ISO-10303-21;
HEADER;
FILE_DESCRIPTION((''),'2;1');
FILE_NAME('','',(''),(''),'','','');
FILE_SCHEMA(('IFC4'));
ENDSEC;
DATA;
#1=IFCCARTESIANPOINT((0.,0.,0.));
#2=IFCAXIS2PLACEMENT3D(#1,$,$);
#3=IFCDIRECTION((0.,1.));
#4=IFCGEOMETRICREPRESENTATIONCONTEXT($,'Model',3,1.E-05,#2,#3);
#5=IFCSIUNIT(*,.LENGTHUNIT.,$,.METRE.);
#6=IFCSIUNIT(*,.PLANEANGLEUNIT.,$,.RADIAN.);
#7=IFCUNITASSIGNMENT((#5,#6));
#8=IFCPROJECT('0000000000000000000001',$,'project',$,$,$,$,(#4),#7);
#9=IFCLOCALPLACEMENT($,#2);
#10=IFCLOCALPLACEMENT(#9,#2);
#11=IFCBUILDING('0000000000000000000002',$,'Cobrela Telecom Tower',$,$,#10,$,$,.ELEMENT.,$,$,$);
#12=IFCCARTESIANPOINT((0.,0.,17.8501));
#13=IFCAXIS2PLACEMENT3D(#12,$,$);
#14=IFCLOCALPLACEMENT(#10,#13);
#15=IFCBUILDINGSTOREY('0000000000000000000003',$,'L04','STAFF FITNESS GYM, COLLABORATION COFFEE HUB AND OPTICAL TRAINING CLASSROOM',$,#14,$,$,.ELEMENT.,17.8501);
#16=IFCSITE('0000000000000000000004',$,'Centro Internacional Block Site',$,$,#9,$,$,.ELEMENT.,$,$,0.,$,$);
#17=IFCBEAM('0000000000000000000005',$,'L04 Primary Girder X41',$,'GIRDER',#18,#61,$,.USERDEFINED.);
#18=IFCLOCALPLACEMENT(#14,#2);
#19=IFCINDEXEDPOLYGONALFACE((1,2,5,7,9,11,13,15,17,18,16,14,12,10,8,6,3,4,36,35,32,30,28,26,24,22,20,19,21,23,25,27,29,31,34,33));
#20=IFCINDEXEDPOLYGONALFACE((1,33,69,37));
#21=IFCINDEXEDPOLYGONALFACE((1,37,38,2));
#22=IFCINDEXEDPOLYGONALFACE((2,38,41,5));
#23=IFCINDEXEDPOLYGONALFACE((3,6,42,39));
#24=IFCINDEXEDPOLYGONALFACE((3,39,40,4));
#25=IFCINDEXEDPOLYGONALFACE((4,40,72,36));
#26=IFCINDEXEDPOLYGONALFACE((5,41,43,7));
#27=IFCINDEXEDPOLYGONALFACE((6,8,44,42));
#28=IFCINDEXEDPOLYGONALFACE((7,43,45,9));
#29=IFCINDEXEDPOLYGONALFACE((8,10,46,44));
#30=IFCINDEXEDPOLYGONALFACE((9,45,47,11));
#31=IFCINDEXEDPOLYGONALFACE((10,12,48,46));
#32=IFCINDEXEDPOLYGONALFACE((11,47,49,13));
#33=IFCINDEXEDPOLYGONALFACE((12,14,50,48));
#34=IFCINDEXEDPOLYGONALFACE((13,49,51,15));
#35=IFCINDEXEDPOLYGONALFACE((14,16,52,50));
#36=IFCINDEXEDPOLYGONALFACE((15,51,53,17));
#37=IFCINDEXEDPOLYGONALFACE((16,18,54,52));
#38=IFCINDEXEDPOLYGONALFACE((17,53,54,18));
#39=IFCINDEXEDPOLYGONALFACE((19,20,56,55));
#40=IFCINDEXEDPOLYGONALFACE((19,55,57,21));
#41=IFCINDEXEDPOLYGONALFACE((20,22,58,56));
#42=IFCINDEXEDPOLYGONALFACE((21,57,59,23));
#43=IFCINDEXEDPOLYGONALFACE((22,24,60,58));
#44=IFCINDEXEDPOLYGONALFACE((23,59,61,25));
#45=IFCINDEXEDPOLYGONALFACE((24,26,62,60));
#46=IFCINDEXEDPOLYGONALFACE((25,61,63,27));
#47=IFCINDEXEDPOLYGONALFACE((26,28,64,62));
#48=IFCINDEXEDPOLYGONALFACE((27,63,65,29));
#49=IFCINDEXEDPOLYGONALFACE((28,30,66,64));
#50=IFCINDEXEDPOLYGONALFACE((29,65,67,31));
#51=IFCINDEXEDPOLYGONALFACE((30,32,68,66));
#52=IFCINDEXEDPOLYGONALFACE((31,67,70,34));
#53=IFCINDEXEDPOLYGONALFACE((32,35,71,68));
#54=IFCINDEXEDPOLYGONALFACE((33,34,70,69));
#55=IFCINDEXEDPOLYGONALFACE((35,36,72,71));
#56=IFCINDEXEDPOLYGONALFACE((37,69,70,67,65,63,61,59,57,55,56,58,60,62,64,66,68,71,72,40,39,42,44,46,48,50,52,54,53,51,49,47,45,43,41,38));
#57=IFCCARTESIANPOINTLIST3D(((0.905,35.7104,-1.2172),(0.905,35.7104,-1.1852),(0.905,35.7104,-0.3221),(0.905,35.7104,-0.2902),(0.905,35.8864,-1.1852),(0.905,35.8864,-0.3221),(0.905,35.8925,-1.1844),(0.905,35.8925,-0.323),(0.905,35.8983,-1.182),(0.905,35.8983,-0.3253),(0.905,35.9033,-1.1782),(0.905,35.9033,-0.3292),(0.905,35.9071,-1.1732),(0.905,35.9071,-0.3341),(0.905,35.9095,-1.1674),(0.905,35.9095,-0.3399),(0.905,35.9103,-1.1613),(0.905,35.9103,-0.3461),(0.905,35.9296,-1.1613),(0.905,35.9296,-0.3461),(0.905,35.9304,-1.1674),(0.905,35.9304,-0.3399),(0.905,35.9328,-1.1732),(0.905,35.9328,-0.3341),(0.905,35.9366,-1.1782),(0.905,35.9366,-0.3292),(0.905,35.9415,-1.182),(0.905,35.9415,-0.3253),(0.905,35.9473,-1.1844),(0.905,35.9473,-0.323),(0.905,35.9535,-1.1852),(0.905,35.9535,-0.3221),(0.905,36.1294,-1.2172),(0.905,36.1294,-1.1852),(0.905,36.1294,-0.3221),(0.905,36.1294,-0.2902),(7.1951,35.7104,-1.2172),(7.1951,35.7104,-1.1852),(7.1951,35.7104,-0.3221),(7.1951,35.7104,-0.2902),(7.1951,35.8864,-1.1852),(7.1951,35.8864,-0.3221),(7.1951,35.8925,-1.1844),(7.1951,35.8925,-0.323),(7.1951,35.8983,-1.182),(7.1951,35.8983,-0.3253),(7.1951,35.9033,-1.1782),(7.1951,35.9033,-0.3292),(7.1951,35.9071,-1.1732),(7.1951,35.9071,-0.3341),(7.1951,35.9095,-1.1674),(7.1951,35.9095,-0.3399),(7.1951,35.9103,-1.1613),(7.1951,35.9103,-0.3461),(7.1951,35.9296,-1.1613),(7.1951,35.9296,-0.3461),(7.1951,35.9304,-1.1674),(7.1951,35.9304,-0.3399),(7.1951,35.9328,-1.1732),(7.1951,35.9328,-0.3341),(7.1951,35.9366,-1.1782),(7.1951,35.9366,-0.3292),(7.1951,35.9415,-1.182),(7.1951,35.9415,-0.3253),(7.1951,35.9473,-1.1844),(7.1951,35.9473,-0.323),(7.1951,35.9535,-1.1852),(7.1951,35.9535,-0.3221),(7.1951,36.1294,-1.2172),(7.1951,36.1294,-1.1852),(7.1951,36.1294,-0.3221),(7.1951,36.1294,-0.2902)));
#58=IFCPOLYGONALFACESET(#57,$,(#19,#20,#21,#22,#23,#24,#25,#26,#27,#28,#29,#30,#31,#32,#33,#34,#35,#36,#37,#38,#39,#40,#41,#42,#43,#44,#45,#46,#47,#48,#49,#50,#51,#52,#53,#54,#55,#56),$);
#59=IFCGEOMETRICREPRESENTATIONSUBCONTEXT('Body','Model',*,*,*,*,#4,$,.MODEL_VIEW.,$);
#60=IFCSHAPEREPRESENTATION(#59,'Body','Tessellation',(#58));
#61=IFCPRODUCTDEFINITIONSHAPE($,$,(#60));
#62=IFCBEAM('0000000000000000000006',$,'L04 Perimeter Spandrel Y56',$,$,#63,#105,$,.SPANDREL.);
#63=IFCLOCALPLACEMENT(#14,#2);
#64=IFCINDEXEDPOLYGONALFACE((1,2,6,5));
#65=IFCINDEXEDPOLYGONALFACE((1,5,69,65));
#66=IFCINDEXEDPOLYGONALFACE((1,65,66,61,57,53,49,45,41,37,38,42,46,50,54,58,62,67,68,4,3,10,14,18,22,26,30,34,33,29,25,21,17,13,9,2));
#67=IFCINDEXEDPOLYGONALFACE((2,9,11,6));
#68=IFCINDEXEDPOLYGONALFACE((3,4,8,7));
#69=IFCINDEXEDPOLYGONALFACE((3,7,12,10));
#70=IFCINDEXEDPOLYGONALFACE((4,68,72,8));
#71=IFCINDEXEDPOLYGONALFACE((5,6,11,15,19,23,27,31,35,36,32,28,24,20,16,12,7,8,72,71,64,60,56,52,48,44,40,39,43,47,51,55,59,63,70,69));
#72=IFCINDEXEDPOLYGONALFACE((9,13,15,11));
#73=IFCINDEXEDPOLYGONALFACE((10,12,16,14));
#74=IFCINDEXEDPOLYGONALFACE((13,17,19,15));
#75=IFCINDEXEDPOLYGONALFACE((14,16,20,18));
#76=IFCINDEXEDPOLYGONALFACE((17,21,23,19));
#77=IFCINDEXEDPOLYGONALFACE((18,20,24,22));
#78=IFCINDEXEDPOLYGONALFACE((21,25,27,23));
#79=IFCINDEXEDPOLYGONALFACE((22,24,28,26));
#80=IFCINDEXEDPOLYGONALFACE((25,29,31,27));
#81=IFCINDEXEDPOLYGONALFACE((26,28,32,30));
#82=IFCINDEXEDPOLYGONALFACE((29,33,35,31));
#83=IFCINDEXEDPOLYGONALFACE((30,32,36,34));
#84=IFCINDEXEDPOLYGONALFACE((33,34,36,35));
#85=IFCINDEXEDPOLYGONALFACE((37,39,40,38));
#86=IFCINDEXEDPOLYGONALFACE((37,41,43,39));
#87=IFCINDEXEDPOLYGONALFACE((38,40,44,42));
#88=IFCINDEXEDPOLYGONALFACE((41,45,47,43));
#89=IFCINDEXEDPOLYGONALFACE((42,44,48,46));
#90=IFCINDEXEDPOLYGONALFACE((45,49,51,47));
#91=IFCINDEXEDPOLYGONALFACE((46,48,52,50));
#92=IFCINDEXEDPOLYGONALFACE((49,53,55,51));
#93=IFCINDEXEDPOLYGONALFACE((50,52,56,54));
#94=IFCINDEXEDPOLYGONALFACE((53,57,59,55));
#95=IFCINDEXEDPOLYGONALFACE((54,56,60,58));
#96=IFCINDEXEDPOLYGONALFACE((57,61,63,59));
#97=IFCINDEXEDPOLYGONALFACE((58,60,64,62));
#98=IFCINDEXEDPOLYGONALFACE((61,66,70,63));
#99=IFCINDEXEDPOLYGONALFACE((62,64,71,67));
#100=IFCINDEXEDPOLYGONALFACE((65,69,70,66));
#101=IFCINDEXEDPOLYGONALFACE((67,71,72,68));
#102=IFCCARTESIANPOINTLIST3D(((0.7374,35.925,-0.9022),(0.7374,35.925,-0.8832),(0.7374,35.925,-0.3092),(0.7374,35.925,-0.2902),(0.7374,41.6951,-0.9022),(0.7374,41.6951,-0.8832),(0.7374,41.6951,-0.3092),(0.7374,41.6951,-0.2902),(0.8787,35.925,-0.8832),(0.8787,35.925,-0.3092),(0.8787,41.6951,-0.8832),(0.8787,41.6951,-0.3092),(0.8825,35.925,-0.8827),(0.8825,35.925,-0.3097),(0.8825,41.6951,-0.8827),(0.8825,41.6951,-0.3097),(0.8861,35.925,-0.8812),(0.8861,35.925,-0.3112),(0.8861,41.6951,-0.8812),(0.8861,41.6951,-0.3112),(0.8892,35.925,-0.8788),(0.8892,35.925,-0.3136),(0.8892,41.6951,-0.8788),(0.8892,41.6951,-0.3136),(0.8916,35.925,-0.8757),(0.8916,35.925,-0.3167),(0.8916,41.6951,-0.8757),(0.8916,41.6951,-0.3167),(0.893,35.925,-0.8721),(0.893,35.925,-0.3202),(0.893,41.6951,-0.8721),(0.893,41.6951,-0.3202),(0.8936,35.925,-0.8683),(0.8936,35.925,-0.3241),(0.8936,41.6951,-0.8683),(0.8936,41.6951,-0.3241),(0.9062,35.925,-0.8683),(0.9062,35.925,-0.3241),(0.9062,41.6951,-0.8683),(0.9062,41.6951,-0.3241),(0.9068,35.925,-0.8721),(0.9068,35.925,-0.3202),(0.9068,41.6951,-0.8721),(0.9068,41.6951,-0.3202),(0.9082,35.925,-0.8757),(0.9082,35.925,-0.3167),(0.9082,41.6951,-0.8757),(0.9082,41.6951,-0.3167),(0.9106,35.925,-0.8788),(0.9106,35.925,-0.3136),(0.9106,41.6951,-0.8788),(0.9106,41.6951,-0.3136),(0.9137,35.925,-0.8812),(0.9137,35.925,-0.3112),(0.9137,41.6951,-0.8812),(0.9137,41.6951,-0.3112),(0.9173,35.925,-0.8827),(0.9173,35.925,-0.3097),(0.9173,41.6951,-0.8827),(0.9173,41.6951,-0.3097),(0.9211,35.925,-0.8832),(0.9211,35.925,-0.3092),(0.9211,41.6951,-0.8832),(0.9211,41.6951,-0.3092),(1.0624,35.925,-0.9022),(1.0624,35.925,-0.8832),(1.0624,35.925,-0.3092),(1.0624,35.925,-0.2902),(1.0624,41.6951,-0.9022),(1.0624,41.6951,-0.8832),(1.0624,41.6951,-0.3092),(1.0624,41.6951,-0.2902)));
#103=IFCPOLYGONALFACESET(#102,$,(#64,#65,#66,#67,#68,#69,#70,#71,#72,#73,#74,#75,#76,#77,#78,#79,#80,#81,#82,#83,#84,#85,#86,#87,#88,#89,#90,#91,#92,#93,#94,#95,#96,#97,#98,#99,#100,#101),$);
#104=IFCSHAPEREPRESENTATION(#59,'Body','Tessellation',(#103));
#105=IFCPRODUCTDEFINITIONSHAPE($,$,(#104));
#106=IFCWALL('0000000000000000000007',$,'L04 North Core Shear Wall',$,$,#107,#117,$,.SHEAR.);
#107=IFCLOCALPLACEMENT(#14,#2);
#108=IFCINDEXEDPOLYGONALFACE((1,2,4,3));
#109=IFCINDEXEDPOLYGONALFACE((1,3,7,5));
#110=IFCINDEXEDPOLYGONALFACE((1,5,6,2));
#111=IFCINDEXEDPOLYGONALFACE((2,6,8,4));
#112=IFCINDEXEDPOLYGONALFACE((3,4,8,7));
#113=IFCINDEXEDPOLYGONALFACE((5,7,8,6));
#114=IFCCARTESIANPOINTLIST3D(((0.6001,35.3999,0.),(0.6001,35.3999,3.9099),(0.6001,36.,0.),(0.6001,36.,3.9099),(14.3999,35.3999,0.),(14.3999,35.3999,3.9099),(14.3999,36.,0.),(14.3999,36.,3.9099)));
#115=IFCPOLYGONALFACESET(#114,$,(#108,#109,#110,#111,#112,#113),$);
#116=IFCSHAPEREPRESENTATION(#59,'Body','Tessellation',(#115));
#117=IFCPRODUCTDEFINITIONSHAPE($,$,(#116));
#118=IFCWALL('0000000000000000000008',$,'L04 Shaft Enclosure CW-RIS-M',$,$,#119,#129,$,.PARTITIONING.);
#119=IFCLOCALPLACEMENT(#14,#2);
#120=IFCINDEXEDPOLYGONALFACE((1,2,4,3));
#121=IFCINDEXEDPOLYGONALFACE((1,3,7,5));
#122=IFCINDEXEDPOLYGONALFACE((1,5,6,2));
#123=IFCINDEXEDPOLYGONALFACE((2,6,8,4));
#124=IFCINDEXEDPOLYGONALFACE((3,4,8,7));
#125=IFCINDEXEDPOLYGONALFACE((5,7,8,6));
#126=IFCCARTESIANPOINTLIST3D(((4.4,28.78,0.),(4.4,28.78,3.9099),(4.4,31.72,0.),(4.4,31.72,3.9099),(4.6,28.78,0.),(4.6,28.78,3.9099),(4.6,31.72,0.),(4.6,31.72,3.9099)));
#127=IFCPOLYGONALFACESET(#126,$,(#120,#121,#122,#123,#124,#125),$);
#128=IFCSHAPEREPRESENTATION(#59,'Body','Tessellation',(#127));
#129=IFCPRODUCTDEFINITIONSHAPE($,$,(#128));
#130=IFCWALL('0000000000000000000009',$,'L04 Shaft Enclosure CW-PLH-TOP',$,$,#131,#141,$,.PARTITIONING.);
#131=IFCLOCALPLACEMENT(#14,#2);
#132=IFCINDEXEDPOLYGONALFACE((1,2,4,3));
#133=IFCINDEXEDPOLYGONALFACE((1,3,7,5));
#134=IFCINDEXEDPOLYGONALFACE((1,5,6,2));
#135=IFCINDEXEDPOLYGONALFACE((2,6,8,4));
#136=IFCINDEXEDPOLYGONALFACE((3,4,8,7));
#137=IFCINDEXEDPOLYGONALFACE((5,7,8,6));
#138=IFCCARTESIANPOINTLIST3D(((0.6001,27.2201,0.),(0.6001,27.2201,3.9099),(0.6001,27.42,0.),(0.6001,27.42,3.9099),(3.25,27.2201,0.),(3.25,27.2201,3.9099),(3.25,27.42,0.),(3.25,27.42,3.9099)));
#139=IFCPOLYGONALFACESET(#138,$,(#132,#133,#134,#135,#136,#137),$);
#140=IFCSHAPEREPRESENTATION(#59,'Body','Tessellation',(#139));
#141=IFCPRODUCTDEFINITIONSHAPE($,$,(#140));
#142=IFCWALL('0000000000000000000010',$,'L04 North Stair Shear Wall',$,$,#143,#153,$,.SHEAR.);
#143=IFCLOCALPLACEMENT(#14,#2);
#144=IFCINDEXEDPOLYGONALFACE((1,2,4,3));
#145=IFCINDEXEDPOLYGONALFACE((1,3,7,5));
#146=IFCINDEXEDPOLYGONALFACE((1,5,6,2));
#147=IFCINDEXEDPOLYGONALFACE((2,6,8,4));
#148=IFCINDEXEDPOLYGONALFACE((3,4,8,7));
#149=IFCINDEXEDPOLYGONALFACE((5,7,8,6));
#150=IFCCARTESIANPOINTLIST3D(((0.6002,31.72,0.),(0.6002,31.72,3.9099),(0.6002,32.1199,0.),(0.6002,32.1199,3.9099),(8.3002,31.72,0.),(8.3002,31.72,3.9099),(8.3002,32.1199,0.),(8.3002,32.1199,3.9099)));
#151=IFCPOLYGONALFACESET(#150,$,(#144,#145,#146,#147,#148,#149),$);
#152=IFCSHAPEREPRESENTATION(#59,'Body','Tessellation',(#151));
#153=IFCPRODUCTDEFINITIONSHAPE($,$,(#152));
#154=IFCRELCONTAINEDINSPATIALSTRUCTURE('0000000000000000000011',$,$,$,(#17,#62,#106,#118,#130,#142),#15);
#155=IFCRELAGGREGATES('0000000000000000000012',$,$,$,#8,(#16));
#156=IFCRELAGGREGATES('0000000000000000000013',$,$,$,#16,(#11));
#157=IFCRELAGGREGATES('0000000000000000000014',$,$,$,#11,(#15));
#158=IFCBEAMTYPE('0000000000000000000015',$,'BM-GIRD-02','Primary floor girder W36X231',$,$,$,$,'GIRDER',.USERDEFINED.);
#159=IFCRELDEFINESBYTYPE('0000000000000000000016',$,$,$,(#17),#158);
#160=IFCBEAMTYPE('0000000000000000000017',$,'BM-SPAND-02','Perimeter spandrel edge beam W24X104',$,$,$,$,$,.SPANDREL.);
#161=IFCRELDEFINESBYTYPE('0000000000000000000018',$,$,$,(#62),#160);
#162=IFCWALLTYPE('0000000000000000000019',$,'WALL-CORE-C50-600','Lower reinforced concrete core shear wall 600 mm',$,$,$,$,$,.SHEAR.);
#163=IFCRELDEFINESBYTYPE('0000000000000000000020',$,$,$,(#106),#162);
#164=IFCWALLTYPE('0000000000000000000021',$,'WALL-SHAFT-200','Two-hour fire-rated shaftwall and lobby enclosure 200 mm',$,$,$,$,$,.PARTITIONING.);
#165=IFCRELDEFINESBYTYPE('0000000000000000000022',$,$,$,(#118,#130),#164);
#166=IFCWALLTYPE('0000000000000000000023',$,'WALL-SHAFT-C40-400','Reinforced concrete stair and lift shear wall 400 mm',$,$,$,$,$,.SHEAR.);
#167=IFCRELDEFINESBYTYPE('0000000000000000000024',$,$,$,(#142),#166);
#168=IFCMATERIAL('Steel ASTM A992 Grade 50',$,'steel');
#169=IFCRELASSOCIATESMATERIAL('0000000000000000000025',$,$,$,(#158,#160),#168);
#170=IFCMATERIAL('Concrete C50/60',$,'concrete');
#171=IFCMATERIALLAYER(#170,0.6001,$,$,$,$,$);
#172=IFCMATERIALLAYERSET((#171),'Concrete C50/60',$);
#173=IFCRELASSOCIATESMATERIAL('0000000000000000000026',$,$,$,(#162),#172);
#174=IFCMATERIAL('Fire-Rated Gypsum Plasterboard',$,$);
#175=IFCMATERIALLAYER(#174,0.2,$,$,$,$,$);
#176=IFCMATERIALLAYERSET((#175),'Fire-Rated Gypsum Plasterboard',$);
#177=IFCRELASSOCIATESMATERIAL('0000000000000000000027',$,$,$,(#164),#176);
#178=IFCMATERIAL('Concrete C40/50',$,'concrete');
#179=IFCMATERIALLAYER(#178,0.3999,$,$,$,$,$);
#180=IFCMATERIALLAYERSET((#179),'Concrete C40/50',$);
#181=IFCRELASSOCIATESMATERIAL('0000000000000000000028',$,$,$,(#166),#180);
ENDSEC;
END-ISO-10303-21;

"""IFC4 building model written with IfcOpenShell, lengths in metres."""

from ifc_helpers import new_model, si_unit, direction, frame, frame_2d, origin, origin_2d, place, context, subcontext, project, spatial, rectangle, i_section, extrude, material, layer, layer_set, material_profile, profile_set, type_object, element, save


model = new_model("IFC4")

# Units and contexts
model_context = context("Model", 3, precision=1e-05, world=origin(), true_north=direction((0.0, 1.0)))
body_context = subcontext(model_context, "Body", "Model", "MODEL_VIEW")
ifc_project = project(units=[si_unit("LENGTHUNIT", "METRE"), si_unit("PLANEANGLEUNIT", "RADIAN")], contexts=[model_context])

# Site, building, storey
site_placement = place(None, origin())
site = spatial("IfcSite", under=ifc_project, at=site_placement, Name="Centro Internacional Block Site", CompositionType="ELEMENT", RefElevation=0.0)
building_placement = place(site_placement, origin())
building = spatial("IfcBuilding", under=site, at=building_placement, Name="Cobrela Telecom Tower", CompositionType="ELEMENT")
storey_placement = place(building_placement, frame((0.0, 0.0, 17.8501)))
storey = spatial("IfcBuildingStorey", under=building, at=storey_placement, Name="L04", Description="STAFF FITNESS GYM, COLLABORATION COFFEE HUB AND OPTICAL TRAINING CLASSROOM", CompositionType="ELEMENT", Elevation=17.8501)

# Beams
ifc_material_1 = material(Name="Steel ASTM A992 Grade 50", Category="steel")
ifc_material_profile_1 = material_profile(ifc_material_1, i_section(OverallWidth=0.4189, OverallDepth=0.927, WebThickness=0.0193, FlangeThickness=0.032, FilletRadius=0.0239, at=origin_2d()), Name="W36X231")
ifc_profile_set_1 = profile_set([ifc_material_profile_1], Name="Steel ASTM A992 Grade 50")
beam_type_1 = type_object("IfcBeamType", Name="BM-GIRD-02", Description="Primary floor girder W36X231", ElementType="GIRDER", PredefinedType="USERDEFINED", material=ifc_profile_set_1)
beam_1_placement = place(storey_placement, frame((0.905, 35.9199, -0.7537), z_axis=(1.0, 0.0, 0.0), x_axis=(0.0, 1.0, 0.0)))
element("IfcBeam", 1, at=beam_1_placement, inside=storey, type_object=beam_type_1, Name="L04 Primary Girder X41", ObjectType="GIRDER", PredefinedType="USERDEFINED", context=body_context, shape_type="SweptSolid", body=[
    extrude(i_section(OverallWidth=0.4189, OverallDepth=0.927, WebThickness=0.0193, FlangeThickness=0.032, FilletRadius=0.0239, at=origin_2d()), origin(), (0.0, 0.0, 1.0), 6.29),
])
ifc_material_profile_2 = material_profile(ifc_material_1, i_section(OverallWidth=0.325, OverallDepth=0.6121, WebThickness=0.0127, FlangeThickness=0.019, FilletRadius=0.0149, at=origin_2d()), Name="W24X104")
ifc_profile_set_2 = profile_set([ifc_material_profile_2], Name="Steel ASTM A992 Grade 50")
beam_type_2 = type_object("IfcBeamType", Name="BM-SPAND-02", Description="Perimeter spandrel edge beam W24X104", PredefinedType="SPANDREL", material=ifc_profile_set_2)
beam_2_placement = place(storey_placement, frame((0.8999, 35.925, -0.5962), z_axis=(0.0, 1.0, 0.0), x_axis=(-1.0, 0.0, 0.0)))
element("IfcBeam", 2, at=beam_2_placement, inside=storey, type_object=beam_type_2, Name="L04 Perimeter Spandrel Y56", PredefinedType="SPANDREL", context=body_context, shape_type="SweptSolid", body=[
    extrude(i_section(OverallWidth=0.325, OverallDepth=0.6121, WebThickness=0.0127, FlangeThickness=0.019, FilletRadius=0.0149, at=origin_2d()), origin(), (0.0, 0.0, 1.0), 5.77),
])

# Wall
ifc_material_2 = material(Name="Concrete C50/60", Category="concrete")
ifc_layer_1 = layer(ifc_material_2, 0.6001)
ifc_layer_set_1 = layer_set([ifc_layer_1], Name="Concrete C50/60")
wall_type_1 = type_object("IfcWallType", Name="WALL-CORE-C50-600", Description="Lower reinforced concrete core shear wall 600 mm", PredefinedType="SHEAR", material=ifc_layer_set_1)
wall_1_placement = place(storey_placement, frame((0.6001, 35.7, 0.0), z_axis=(0.0, 0.0, 1.0), x_axis=(1.0, 0.0, 0.0)))
element("IfcWall", 3, at=wall_1_placement, inside=storey, type_object=wall_type_1, Name="L04 North Core Shear Wall", PredefinedType="SHEAR", context=body_context, shape_type="SweptSolid", body=[
    extrude(rectangle(XDim=13.7998, YDim=0.6001, at=frame_2d((6.8999, 0.0))), origin(), (0.0, 0.0, 1.0), 3.9099),
])

# Shared definitions
ifc_material_3 = material(Name="Fire-Rated Gypsum Plasterboard")
ifc_layer_2 = layer(ifc_material_3, 0.2)
ifc_layer_set_2 = layer_set([ifc_layer_2], Name="Fire-Rated Gypsum Plasterboard")
wall_type_2 = type_object("IfcWallType", Name="WALL-SHAFT-200", Description="Two-hour fire-rated shaftwall and lobby enclosure 200 mm", PredefinedType="PARTITIONING", material=ifc_layer_set_2)

# Walls
wall_2_placement = place(storey_placement, frame((4.5, 28.78, 0.0), z_axis=(0.0, 0.0, 1.0), x_axis=(0.0, 1.0, 0.0)))
element("IfcWall", 4, at=wall_2_placement, inside=storey, type_object=wall_type_2, Name="L04 Shaft Enclosure CW-RIS-M", PredefinedType="PARTITIONING", context=body_context, shape_type="SweptSolid", body=[
    extrude(rectangle(XDim=2.9399, YDim=0.2, at=frame_2d((1.47, 0.0))), origin(), (0.0, 0.0, 1.0), 3.9099),
])
wall_3_placement = place(storey_placement, frame((0.6001, 27.3201, 0.0), z_axis=(0.0, 0.0, 1.0), x_axis=(1.0, 0.0, 0.0)))
element("IfcWall", 5, at=wall_3_placement, inside=storey, type_object=wall_type_2, Name="L04 Shaft Enclosure CW-PLH-TOP", PredefinedType="PARTITIONING", context=body_context, shape_type="SweptSolid", body=[
    extrude(rectangle(XDim=2.6499, YDim=0.2, at=frame_2d((1.325, 0.0))), origin(), (0.0, 0.0, 1.0), 3.9099),
])
ifc_material_4 = material(Name="Concrete C40/50", Category="concrete")
ifc_layer_3 = layer(ifc_material_4, 0.3999)
ifc_layer_set_3 = layer_set([ifc_layer_3], Name="Concrete C40/50")
wall_type_3 = type_object("IfcWallType", Name="WALL-SHAFT-C40-400", Description="Reinforced concrete stair and lift shear wall 400 mm", PredefinedType="SHEAR", material=ifc_layer_set_3)
wall_4_placement = place(storey_placement, frame((0.6001, 31.9199, 0.0), z_axis=(0.0, 0.0, 1.0), x_axis=(1.0, 0.0, 0.0)))
element("IfcWall", 6, at=wall_4_placement, inside=storey, type_object=wall_type_3, Name="L04 North Stair Shear Wall", PredefinedType="SHEAR", context=body_context, shape_type="SweptSolid", body=[
    extrude(rectangle(XDim=7.7, YDim=0.3999, at=frame_2d((3.8501, 0.0))), origin(), (0.0, 0.0, 1.0), 3.9099),
])

save(model, "model.ifc")
